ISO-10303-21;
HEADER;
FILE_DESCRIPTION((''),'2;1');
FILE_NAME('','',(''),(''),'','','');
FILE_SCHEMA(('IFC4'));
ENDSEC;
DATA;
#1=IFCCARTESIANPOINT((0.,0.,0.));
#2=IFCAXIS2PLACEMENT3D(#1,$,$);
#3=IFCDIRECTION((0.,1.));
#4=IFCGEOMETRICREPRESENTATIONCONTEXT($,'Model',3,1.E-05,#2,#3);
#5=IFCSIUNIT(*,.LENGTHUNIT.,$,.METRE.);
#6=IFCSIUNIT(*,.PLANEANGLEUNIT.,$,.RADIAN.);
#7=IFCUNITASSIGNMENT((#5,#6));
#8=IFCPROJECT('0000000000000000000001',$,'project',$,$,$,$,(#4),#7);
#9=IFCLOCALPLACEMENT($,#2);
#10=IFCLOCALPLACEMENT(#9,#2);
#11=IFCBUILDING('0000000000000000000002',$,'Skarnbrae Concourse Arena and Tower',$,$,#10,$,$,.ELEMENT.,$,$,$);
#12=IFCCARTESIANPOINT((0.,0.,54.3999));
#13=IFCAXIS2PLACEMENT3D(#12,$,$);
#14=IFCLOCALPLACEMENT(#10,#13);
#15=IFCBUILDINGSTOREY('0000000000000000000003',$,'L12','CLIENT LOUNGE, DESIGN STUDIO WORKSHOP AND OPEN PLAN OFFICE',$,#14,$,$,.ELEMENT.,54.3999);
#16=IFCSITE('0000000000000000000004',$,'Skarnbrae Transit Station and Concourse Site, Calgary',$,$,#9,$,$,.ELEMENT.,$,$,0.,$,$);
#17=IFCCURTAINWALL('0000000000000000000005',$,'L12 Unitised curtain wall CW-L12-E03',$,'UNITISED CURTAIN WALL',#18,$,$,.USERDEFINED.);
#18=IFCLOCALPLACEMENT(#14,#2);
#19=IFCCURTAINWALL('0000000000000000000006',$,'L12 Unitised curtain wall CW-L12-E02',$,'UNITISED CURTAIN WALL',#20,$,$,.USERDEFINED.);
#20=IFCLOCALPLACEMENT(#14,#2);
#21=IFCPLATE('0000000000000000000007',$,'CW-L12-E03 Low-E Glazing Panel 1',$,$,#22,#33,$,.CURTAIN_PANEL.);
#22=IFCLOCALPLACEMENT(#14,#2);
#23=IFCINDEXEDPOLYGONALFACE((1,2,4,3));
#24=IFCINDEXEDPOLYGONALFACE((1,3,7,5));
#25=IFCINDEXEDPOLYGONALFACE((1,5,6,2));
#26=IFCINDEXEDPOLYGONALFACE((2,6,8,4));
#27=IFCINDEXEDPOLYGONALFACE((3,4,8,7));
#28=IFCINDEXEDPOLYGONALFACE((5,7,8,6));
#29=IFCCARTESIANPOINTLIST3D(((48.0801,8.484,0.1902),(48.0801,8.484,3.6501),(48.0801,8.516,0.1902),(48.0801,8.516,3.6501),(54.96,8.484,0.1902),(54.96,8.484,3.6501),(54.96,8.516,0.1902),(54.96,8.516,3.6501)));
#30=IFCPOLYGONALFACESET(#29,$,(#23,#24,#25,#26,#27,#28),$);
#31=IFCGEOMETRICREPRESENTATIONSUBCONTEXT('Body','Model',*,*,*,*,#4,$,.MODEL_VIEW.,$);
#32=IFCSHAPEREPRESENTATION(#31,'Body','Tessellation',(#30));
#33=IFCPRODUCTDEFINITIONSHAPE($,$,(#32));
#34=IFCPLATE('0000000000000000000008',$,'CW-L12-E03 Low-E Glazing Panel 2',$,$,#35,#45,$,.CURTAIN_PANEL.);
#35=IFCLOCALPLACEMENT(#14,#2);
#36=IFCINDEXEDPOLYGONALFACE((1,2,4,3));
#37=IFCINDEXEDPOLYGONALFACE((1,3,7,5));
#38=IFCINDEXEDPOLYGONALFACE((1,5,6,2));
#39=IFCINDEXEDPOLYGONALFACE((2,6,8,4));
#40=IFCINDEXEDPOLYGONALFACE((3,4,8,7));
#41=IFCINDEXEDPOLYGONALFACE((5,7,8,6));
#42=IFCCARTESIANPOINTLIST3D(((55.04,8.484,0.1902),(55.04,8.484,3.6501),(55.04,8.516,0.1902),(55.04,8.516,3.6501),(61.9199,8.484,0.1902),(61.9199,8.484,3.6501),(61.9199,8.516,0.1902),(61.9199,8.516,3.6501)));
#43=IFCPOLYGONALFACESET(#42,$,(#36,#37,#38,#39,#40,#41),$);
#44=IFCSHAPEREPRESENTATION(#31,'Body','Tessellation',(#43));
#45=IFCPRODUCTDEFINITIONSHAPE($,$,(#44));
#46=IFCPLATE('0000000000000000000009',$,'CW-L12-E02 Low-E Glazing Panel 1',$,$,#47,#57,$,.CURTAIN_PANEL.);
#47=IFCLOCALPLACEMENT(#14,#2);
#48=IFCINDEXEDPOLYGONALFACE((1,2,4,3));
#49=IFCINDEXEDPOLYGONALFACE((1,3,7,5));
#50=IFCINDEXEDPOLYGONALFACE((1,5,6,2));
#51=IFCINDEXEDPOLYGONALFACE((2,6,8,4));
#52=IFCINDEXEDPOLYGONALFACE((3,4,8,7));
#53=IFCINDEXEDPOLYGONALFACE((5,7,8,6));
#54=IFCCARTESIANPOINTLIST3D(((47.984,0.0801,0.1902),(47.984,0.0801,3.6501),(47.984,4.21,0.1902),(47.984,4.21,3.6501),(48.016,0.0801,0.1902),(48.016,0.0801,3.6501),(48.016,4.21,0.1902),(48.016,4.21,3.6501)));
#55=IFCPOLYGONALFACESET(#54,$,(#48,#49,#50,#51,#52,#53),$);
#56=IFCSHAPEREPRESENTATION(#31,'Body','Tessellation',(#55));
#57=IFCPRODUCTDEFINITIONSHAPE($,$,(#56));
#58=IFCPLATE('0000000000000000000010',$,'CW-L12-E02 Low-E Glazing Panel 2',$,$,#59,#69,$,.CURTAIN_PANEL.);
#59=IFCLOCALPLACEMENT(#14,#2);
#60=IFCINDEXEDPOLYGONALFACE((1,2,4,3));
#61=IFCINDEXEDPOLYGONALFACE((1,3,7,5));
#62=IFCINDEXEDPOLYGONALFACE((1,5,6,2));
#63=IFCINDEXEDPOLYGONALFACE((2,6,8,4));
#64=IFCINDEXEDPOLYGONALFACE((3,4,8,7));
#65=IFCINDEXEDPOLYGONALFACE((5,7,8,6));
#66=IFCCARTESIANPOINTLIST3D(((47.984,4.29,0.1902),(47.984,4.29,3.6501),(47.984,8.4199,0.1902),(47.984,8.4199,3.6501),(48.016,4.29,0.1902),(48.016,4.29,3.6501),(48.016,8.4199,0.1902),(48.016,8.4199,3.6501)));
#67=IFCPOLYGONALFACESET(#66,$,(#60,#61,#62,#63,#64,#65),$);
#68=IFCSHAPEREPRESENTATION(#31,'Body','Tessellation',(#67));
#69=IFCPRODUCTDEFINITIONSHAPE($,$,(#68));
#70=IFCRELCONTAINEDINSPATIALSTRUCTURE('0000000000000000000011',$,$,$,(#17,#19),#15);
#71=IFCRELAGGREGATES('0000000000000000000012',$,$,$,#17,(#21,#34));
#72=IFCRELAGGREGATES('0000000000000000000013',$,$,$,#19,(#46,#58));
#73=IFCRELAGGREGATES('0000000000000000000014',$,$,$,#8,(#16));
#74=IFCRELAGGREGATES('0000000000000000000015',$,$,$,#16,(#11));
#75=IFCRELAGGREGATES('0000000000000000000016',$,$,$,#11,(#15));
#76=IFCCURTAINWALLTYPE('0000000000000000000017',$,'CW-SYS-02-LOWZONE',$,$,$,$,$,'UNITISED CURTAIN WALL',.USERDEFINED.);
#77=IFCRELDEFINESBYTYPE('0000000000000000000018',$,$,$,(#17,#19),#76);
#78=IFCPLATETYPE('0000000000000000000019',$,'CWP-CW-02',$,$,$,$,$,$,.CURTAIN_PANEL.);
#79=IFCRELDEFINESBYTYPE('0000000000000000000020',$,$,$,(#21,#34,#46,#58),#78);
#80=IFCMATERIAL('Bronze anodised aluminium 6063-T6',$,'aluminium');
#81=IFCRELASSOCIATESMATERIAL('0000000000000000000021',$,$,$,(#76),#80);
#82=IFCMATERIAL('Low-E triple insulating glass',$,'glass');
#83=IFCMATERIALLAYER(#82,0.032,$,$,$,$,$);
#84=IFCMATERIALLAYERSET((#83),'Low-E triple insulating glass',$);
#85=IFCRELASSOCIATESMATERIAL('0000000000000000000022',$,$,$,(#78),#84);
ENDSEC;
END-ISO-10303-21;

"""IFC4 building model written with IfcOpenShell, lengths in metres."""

from ifc_helpers import new_model, si_unit, direction, frame, origin, origin_2d, place, context, subcontext, project, spatial, rectangle, extrude, source, transform, mapped, material, layer, layer_set, type_object, element, aggregate, save


model = new_model("IFC4")

# Units and contexts
model_context = context("Model", 3, precision=1e-05, world=origin(), true_north=direction((0.0, 1.0)))
body_context = subcontext(model_context, "Body", "Model", "MODEL_VIEW")
ifc_project = project(units=[si_unit("LENGTHUNIT", "METRE"), si_unit("PLANEANGLEUNIT", "RADIAN")], contexts=[model_context])

# Site, building, storey
site_placement = place(None, origin())
site = spatial("IfcSite", under=ifc_project, at=site_placement, Name="Skarnbrae Transit Station and Concourse Site, Calgary", CompositionType="ELEMENT", RefElevation=0.0)
building_placement = place(site_placement, origin())
building = spatial("IfcBuilding", under=site, at=building_placement, Name="Skarnbrae Concourse Arena and Tower", CompositionType="ELEMENT")
storey_placement = place(building_placement, frame((0.0, 0.0, 54.3999)))
storey = spatial("IfcBuildingStorey", under=building, at=storey_placement, Name="L12", Description="CLIENT LOUNGE, DESIGN STUDIO WORKSHOP AND OPEN PLAN OFFICE", CompositionType="ELEMENT", Elevation=54.3999)

# Curtain walls
ifc_material_1 = material(Name="Bronze anodised aluminium 6063-T6", Category="aluminium")
curtain_wall_type = type_object("IfcCurtainWallType", Name="CW-SYS-02-LOWZONE", ElementType="UNITISED CURTAIN WALL", PredefinedType="USERDEFINED", material=ifc_material_1)
curtain_wall_1_placement = place(storey_placement, origin())
curtain_wall_1 = element("IfcCurtainWall", 1, at=curtain_wall_1_placement, inside=storey, type_object=curtain_wall_type, Name="L12 Unitised curtain wall CW-L12-E03", ObjectType="UNITISED CURTAIN WALL", PredefinedType="USERDEFINED")
curtain_wall_2_placement = place(storey_placement, origin())
curtain_wall_2 = element("IfcCurtainWall", 2, at=curtain_wall_2_placement, inside=storey, type_object=curtain_wall_type, Name="L12 Unitised curtain wall CW-L12-E02", ObjectType="UNITISED CURTAIN WALL", PredefinedType="USERDEFINED")

# Plates
ifc_material_2 = material(Name="Low-E triple insulating glass", Category="glass")
ifc_layer = layer(ifc_material_2, 0.032)
ifc_layer_set = layer_set([ifc_layer], Name="Low-E triple insulating glass")
plate_type = type_object("IfcPlateType", Name="CWP-CW-02", PredefinedType="CURTAIN_PANEL", material=ifc_layer_set)
shared_shape_1 = source(origin(), body_context, "Body", "SweptSolid", [
    extrude(rectangle(XDim=6.8799, YDim=0.032, at=origin_2d()), origin(), (0.0, 0.0, 1.0), 3.46),
])
plate_1_placement = place(storey_placement, frame((51.52, 8.5, 0.1902), z_axis=(0.0, 0.0, 1.0), x_axis=(1.0, 0.0, 0.0)))
plate_1 = element("IfcPlate", 3, at=plate_1_placement, type_object=plate_type, Name="CW-L12-E03 Low-E Glazing Panel 1", PredefinedType="CURTAIN_PANEL", context=body_context, shape_type="MappedRepresentation", body=[
    mapped(shared_shape_1, transform((0.0, 0.0, 0.0))),
])
plate_2_placement = place(storey_placement, frame((58.48, 8.5, 0.1902), z_axis=(0.0, 0.0, 1.0), x_axis=(1.0, 0.0, 0.0)))
plate_2 = element("IfcPlate", 4, at=plate_2_placement, type_object=plate_type, Name="CW-L12-E03 Low-E Glazing Panel 2", PredefinedType="CURTAIN_PANEL", context=body_context, shape_type="MappedRepresentation", body=[
    mapped(shared_shape_1, transform((0.0, 0.0, 0.0))),
])
aggregate(curtain_wall_1, [plate_1, plate_2])
shared_shape_2 = source(origin(), body_context, "Body", "SweptSolid", [
    extrude(rectangle(XDim=4.1299, YDim=0.032, at=origin_2d()), origin(), (0.0, 0.0, 1.0), 3.46),
])
plate_3_placement = place(storey_placement, frame((48.0, 2.145, 0.1902), z_axis=(0.0, 0.0, 1.0), x_axis=(0.0, 1.0, 0.0)))
plate_3 = element("IfcPlate", 5, at=plate_3_placement, type_object=plate_type, Name="CW-L12-E02 Low-E Glazing Panel 1", PredefinedType="CURTAIN_PANEL", context=body_context, shape_type="MappedRepresentation", body=[
    mapped(shared_shape_2, transform((0.0, 0.0, 0.0))),
])
plate_4_placement = place(storey_placement, frame((48.0, 6.355, 0.1902), z_axis=(0.0, 0.0, 1.0), x_axis=(0.0, 1.0, 0.0)))
plate_4 = element("IfcPlate", 6, at=plate_4_placement, type_object=plate_type, Name="CW-L12-E02 Low-E Glazing Panel 2", PredefinedType="CURTAIN_PANEL", context=body_context, shape_type="MappedRepresentation", body=[
    mapped(shared_shape_2, transform((0.0, 0.0, 0.0))),
])
aggregate(curtain_wall_2, [plate_3, plate_4])

save(model, "model.ifc")
